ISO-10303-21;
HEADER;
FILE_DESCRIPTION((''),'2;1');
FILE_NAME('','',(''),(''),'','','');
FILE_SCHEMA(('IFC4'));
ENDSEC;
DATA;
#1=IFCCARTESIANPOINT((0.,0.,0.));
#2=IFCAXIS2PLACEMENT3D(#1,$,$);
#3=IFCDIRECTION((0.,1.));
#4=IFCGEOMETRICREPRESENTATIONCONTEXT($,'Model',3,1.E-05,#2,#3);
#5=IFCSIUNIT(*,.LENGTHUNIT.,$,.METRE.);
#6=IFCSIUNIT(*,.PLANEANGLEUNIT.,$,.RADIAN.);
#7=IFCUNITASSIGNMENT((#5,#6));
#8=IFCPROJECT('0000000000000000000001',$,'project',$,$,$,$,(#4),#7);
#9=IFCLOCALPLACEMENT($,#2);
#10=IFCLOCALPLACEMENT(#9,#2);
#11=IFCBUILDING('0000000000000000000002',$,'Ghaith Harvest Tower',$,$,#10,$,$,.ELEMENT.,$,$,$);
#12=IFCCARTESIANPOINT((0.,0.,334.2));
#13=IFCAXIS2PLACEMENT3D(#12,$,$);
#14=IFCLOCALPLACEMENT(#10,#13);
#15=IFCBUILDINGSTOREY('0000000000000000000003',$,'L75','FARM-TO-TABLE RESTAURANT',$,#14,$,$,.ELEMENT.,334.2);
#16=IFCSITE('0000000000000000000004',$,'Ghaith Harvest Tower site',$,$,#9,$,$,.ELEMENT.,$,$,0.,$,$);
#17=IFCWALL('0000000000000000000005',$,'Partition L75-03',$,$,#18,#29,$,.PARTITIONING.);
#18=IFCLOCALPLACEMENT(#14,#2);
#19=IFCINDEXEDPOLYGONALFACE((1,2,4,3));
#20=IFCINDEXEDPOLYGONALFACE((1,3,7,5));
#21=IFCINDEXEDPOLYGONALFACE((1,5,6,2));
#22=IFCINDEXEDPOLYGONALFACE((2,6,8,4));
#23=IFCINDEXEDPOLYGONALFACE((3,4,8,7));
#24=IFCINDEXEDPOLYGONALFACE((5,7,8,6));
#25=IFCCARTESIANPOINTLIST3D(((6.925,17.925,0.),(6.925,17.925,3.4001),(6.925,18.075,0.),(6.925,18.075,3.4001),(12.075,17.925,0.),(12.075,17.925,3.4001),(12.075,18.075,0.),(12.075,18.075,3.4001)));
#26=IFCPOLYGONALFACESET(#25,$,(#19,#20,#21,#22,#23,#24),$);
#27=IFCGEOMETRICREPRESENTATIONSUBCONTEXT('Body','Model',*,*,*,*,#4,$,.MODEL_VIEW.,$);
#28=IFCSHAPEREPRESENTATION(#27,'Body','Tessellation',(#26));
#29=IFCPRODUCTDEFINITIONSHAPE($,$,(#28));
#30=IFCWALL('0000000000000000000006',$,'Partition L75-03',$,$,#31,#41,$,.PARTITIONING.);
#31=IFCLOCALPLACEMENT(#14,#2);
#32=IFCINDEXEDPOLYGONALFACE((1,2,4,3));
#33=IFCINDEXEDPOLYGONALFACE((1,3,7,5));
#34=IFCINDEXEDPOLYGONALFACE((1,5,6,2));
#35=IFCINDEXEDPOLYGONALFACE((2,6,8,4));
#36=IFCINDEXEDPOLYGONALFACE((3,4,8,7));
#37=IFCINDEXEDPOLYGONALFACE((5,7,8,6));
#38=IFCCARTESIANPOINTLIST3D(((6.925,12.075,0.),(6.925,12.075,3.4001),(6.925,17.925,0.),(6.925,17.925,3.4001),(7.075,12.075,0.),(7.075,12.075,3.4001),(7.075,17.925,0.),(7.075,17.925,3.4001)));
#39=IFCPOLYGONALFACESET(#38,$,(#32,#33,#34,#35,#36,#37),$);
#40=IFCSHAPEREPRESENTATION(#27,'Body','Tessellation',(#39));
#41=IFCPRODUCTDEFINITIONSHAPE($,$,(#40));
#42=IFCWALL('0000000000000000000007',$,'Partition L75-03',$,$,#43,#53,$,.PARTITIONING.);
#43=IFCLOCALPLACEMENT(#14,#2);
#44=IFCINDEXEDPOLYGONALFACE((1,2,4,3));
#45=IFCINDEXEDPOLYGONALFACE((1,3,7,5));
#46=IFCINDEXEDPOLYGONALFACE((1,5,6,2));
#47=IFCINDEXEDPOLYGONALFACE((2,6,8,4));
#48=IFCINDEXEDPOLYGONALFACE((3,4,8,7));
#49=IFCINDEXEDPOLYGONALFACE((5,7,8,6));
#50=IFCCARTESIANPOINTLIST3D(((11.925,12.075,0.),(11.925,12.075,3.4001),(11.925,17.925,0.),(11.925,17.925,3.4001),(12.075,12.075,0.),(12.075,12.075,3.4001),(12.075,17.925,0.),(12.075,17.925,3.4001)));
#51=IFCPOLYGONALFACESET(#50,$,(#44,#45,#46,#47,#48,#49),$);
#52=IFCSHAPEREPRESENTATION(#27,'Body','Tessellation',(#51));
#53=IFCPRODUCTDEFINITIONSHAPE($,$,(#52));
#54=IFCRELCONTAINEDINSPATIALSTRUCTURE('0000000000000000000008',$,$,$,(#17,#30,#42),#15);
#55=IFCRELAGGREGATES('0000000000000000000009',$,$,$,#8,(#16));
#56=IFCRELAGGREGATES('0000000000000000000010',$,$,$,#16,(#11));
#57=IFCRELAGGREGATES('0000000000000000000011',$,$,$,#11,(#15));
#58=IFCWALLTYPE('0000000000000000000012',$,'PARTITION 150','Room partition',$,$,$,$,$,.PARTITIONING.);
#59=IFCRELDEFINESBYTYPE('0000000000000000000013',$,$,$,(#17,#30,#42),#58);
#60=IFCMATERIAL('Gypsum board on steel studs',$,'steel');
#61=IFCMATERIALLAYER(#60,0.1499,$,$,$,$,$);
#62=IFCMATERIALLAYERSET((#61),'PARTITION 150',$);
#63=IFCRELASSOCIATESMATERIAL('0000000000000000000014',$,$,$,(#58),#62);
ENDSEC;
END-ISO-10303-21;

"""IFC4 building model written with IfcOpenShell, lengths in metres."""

from ifc_helpers import new_model, si_unit, direction, frame, frame_2d, origin, place, context, subcontext, project, spatial, rectangle, extrude, material, layer, layer_set, type_object, element, save


model = new_model("IFC4")

# Units and contexts
model_context = context("Model", 3, precision=1e-05, world=origin(), true_north=direction((0.0, 1.0)))
body_context = subcontext(model_context, "Body", "Model", "MODEL_VIEW")
ifc_project = project(units=[si_unit("LENGTHUNIT", "METRE"), si_unit("PLANEANGLEUNIT", "RADIAN")], contexts=[model_context])

# Site, building, storey
site_placement = place(None, origin())
site = spatial("IfcSite", under=ifc_project, at=site_placement, Name="Ghaith Harvest Tower site", CompositionType="ELEMENT", RefElevation=0.0)
building_placement = place(site_placement, origin())
building = spatial("IfcBuilding", under=site, at=building_placement, Name="Ghaith Harvest Tower", CompositionType="ELEMENT")
storey_placement = place(building_placement, frame((0.0, 0.0, 334.2)))
storey = spatial("IfcBuildingStorey", under=building, at=storey_placement, Name="L75", Description="FARM-TO-TABLE RESTAURANT", CompositionType="ELEMENT", Elevation=334.2)

# Shared definitions
ifc_material_1 = material(Name="Gypsum board on steel studs", Category="steel")
ifc_layer_1 = layer(ifc_material_1, 0.1499)
ifc_layer_set_1 = layer_set([ifc_layer_1], Name="PARTITION 150")
wall_type = type_object("IfcWallType", Name="PARTITION 150", Description="Room partition", PredefinedType="PARTITIONING", material=ifc_layer_set_1)

# Walls
wall_1_placement = place(storey_placement, frame((6.925, 18.0, 0.0), z_axis=(0.0, 0.0, 1.0), x_axis=(1.0, 0.0, 0.0)))
element("IfcWall", 1, at=wall_1_placement, inside=storey, type_object=wall_type, Name="Partition L75-03", PredefinedType="PARTITIONING", context=body_context, shape_type="SweptSolid", body=[
    extrude(rectangle(XDim=5.1499, YDim=0.1499, at=frame_2d((2.575, 0.0))), origin(), (0.0, 0.0, 1.0), 3.4001),
])
for number, where, z_axis, x_axis, name in (
    (2, (7.0, 12.075, 0.0), (0.0, 0.0, 1.0), (0.0, 1.0, 0.0), "Partition L75-03"),
    (3, (12.0, 12.075, 0.0), (0.0, 0.0, 1.0), (0.0, 1.0, 0.0), "Partition L75-03"),
):
    element("IfcWall", number, at=place(storey_placement, frame(where, z_axis=z_axis, x_axis=x_axis)), inside=storey, type_object=wall_type, Name=name, PredefinedType="PARTITIONING", context=body_context, shape_type="SweptSolid", body=[
        extrude(rectangle(XDim=5.8501, YDim=0.1499, at=frame_2d((2.925, 0.0))), origin(), (0.0, 0.0, 1.0), 3.4001),
    ])

save(model, "model.ifc")
